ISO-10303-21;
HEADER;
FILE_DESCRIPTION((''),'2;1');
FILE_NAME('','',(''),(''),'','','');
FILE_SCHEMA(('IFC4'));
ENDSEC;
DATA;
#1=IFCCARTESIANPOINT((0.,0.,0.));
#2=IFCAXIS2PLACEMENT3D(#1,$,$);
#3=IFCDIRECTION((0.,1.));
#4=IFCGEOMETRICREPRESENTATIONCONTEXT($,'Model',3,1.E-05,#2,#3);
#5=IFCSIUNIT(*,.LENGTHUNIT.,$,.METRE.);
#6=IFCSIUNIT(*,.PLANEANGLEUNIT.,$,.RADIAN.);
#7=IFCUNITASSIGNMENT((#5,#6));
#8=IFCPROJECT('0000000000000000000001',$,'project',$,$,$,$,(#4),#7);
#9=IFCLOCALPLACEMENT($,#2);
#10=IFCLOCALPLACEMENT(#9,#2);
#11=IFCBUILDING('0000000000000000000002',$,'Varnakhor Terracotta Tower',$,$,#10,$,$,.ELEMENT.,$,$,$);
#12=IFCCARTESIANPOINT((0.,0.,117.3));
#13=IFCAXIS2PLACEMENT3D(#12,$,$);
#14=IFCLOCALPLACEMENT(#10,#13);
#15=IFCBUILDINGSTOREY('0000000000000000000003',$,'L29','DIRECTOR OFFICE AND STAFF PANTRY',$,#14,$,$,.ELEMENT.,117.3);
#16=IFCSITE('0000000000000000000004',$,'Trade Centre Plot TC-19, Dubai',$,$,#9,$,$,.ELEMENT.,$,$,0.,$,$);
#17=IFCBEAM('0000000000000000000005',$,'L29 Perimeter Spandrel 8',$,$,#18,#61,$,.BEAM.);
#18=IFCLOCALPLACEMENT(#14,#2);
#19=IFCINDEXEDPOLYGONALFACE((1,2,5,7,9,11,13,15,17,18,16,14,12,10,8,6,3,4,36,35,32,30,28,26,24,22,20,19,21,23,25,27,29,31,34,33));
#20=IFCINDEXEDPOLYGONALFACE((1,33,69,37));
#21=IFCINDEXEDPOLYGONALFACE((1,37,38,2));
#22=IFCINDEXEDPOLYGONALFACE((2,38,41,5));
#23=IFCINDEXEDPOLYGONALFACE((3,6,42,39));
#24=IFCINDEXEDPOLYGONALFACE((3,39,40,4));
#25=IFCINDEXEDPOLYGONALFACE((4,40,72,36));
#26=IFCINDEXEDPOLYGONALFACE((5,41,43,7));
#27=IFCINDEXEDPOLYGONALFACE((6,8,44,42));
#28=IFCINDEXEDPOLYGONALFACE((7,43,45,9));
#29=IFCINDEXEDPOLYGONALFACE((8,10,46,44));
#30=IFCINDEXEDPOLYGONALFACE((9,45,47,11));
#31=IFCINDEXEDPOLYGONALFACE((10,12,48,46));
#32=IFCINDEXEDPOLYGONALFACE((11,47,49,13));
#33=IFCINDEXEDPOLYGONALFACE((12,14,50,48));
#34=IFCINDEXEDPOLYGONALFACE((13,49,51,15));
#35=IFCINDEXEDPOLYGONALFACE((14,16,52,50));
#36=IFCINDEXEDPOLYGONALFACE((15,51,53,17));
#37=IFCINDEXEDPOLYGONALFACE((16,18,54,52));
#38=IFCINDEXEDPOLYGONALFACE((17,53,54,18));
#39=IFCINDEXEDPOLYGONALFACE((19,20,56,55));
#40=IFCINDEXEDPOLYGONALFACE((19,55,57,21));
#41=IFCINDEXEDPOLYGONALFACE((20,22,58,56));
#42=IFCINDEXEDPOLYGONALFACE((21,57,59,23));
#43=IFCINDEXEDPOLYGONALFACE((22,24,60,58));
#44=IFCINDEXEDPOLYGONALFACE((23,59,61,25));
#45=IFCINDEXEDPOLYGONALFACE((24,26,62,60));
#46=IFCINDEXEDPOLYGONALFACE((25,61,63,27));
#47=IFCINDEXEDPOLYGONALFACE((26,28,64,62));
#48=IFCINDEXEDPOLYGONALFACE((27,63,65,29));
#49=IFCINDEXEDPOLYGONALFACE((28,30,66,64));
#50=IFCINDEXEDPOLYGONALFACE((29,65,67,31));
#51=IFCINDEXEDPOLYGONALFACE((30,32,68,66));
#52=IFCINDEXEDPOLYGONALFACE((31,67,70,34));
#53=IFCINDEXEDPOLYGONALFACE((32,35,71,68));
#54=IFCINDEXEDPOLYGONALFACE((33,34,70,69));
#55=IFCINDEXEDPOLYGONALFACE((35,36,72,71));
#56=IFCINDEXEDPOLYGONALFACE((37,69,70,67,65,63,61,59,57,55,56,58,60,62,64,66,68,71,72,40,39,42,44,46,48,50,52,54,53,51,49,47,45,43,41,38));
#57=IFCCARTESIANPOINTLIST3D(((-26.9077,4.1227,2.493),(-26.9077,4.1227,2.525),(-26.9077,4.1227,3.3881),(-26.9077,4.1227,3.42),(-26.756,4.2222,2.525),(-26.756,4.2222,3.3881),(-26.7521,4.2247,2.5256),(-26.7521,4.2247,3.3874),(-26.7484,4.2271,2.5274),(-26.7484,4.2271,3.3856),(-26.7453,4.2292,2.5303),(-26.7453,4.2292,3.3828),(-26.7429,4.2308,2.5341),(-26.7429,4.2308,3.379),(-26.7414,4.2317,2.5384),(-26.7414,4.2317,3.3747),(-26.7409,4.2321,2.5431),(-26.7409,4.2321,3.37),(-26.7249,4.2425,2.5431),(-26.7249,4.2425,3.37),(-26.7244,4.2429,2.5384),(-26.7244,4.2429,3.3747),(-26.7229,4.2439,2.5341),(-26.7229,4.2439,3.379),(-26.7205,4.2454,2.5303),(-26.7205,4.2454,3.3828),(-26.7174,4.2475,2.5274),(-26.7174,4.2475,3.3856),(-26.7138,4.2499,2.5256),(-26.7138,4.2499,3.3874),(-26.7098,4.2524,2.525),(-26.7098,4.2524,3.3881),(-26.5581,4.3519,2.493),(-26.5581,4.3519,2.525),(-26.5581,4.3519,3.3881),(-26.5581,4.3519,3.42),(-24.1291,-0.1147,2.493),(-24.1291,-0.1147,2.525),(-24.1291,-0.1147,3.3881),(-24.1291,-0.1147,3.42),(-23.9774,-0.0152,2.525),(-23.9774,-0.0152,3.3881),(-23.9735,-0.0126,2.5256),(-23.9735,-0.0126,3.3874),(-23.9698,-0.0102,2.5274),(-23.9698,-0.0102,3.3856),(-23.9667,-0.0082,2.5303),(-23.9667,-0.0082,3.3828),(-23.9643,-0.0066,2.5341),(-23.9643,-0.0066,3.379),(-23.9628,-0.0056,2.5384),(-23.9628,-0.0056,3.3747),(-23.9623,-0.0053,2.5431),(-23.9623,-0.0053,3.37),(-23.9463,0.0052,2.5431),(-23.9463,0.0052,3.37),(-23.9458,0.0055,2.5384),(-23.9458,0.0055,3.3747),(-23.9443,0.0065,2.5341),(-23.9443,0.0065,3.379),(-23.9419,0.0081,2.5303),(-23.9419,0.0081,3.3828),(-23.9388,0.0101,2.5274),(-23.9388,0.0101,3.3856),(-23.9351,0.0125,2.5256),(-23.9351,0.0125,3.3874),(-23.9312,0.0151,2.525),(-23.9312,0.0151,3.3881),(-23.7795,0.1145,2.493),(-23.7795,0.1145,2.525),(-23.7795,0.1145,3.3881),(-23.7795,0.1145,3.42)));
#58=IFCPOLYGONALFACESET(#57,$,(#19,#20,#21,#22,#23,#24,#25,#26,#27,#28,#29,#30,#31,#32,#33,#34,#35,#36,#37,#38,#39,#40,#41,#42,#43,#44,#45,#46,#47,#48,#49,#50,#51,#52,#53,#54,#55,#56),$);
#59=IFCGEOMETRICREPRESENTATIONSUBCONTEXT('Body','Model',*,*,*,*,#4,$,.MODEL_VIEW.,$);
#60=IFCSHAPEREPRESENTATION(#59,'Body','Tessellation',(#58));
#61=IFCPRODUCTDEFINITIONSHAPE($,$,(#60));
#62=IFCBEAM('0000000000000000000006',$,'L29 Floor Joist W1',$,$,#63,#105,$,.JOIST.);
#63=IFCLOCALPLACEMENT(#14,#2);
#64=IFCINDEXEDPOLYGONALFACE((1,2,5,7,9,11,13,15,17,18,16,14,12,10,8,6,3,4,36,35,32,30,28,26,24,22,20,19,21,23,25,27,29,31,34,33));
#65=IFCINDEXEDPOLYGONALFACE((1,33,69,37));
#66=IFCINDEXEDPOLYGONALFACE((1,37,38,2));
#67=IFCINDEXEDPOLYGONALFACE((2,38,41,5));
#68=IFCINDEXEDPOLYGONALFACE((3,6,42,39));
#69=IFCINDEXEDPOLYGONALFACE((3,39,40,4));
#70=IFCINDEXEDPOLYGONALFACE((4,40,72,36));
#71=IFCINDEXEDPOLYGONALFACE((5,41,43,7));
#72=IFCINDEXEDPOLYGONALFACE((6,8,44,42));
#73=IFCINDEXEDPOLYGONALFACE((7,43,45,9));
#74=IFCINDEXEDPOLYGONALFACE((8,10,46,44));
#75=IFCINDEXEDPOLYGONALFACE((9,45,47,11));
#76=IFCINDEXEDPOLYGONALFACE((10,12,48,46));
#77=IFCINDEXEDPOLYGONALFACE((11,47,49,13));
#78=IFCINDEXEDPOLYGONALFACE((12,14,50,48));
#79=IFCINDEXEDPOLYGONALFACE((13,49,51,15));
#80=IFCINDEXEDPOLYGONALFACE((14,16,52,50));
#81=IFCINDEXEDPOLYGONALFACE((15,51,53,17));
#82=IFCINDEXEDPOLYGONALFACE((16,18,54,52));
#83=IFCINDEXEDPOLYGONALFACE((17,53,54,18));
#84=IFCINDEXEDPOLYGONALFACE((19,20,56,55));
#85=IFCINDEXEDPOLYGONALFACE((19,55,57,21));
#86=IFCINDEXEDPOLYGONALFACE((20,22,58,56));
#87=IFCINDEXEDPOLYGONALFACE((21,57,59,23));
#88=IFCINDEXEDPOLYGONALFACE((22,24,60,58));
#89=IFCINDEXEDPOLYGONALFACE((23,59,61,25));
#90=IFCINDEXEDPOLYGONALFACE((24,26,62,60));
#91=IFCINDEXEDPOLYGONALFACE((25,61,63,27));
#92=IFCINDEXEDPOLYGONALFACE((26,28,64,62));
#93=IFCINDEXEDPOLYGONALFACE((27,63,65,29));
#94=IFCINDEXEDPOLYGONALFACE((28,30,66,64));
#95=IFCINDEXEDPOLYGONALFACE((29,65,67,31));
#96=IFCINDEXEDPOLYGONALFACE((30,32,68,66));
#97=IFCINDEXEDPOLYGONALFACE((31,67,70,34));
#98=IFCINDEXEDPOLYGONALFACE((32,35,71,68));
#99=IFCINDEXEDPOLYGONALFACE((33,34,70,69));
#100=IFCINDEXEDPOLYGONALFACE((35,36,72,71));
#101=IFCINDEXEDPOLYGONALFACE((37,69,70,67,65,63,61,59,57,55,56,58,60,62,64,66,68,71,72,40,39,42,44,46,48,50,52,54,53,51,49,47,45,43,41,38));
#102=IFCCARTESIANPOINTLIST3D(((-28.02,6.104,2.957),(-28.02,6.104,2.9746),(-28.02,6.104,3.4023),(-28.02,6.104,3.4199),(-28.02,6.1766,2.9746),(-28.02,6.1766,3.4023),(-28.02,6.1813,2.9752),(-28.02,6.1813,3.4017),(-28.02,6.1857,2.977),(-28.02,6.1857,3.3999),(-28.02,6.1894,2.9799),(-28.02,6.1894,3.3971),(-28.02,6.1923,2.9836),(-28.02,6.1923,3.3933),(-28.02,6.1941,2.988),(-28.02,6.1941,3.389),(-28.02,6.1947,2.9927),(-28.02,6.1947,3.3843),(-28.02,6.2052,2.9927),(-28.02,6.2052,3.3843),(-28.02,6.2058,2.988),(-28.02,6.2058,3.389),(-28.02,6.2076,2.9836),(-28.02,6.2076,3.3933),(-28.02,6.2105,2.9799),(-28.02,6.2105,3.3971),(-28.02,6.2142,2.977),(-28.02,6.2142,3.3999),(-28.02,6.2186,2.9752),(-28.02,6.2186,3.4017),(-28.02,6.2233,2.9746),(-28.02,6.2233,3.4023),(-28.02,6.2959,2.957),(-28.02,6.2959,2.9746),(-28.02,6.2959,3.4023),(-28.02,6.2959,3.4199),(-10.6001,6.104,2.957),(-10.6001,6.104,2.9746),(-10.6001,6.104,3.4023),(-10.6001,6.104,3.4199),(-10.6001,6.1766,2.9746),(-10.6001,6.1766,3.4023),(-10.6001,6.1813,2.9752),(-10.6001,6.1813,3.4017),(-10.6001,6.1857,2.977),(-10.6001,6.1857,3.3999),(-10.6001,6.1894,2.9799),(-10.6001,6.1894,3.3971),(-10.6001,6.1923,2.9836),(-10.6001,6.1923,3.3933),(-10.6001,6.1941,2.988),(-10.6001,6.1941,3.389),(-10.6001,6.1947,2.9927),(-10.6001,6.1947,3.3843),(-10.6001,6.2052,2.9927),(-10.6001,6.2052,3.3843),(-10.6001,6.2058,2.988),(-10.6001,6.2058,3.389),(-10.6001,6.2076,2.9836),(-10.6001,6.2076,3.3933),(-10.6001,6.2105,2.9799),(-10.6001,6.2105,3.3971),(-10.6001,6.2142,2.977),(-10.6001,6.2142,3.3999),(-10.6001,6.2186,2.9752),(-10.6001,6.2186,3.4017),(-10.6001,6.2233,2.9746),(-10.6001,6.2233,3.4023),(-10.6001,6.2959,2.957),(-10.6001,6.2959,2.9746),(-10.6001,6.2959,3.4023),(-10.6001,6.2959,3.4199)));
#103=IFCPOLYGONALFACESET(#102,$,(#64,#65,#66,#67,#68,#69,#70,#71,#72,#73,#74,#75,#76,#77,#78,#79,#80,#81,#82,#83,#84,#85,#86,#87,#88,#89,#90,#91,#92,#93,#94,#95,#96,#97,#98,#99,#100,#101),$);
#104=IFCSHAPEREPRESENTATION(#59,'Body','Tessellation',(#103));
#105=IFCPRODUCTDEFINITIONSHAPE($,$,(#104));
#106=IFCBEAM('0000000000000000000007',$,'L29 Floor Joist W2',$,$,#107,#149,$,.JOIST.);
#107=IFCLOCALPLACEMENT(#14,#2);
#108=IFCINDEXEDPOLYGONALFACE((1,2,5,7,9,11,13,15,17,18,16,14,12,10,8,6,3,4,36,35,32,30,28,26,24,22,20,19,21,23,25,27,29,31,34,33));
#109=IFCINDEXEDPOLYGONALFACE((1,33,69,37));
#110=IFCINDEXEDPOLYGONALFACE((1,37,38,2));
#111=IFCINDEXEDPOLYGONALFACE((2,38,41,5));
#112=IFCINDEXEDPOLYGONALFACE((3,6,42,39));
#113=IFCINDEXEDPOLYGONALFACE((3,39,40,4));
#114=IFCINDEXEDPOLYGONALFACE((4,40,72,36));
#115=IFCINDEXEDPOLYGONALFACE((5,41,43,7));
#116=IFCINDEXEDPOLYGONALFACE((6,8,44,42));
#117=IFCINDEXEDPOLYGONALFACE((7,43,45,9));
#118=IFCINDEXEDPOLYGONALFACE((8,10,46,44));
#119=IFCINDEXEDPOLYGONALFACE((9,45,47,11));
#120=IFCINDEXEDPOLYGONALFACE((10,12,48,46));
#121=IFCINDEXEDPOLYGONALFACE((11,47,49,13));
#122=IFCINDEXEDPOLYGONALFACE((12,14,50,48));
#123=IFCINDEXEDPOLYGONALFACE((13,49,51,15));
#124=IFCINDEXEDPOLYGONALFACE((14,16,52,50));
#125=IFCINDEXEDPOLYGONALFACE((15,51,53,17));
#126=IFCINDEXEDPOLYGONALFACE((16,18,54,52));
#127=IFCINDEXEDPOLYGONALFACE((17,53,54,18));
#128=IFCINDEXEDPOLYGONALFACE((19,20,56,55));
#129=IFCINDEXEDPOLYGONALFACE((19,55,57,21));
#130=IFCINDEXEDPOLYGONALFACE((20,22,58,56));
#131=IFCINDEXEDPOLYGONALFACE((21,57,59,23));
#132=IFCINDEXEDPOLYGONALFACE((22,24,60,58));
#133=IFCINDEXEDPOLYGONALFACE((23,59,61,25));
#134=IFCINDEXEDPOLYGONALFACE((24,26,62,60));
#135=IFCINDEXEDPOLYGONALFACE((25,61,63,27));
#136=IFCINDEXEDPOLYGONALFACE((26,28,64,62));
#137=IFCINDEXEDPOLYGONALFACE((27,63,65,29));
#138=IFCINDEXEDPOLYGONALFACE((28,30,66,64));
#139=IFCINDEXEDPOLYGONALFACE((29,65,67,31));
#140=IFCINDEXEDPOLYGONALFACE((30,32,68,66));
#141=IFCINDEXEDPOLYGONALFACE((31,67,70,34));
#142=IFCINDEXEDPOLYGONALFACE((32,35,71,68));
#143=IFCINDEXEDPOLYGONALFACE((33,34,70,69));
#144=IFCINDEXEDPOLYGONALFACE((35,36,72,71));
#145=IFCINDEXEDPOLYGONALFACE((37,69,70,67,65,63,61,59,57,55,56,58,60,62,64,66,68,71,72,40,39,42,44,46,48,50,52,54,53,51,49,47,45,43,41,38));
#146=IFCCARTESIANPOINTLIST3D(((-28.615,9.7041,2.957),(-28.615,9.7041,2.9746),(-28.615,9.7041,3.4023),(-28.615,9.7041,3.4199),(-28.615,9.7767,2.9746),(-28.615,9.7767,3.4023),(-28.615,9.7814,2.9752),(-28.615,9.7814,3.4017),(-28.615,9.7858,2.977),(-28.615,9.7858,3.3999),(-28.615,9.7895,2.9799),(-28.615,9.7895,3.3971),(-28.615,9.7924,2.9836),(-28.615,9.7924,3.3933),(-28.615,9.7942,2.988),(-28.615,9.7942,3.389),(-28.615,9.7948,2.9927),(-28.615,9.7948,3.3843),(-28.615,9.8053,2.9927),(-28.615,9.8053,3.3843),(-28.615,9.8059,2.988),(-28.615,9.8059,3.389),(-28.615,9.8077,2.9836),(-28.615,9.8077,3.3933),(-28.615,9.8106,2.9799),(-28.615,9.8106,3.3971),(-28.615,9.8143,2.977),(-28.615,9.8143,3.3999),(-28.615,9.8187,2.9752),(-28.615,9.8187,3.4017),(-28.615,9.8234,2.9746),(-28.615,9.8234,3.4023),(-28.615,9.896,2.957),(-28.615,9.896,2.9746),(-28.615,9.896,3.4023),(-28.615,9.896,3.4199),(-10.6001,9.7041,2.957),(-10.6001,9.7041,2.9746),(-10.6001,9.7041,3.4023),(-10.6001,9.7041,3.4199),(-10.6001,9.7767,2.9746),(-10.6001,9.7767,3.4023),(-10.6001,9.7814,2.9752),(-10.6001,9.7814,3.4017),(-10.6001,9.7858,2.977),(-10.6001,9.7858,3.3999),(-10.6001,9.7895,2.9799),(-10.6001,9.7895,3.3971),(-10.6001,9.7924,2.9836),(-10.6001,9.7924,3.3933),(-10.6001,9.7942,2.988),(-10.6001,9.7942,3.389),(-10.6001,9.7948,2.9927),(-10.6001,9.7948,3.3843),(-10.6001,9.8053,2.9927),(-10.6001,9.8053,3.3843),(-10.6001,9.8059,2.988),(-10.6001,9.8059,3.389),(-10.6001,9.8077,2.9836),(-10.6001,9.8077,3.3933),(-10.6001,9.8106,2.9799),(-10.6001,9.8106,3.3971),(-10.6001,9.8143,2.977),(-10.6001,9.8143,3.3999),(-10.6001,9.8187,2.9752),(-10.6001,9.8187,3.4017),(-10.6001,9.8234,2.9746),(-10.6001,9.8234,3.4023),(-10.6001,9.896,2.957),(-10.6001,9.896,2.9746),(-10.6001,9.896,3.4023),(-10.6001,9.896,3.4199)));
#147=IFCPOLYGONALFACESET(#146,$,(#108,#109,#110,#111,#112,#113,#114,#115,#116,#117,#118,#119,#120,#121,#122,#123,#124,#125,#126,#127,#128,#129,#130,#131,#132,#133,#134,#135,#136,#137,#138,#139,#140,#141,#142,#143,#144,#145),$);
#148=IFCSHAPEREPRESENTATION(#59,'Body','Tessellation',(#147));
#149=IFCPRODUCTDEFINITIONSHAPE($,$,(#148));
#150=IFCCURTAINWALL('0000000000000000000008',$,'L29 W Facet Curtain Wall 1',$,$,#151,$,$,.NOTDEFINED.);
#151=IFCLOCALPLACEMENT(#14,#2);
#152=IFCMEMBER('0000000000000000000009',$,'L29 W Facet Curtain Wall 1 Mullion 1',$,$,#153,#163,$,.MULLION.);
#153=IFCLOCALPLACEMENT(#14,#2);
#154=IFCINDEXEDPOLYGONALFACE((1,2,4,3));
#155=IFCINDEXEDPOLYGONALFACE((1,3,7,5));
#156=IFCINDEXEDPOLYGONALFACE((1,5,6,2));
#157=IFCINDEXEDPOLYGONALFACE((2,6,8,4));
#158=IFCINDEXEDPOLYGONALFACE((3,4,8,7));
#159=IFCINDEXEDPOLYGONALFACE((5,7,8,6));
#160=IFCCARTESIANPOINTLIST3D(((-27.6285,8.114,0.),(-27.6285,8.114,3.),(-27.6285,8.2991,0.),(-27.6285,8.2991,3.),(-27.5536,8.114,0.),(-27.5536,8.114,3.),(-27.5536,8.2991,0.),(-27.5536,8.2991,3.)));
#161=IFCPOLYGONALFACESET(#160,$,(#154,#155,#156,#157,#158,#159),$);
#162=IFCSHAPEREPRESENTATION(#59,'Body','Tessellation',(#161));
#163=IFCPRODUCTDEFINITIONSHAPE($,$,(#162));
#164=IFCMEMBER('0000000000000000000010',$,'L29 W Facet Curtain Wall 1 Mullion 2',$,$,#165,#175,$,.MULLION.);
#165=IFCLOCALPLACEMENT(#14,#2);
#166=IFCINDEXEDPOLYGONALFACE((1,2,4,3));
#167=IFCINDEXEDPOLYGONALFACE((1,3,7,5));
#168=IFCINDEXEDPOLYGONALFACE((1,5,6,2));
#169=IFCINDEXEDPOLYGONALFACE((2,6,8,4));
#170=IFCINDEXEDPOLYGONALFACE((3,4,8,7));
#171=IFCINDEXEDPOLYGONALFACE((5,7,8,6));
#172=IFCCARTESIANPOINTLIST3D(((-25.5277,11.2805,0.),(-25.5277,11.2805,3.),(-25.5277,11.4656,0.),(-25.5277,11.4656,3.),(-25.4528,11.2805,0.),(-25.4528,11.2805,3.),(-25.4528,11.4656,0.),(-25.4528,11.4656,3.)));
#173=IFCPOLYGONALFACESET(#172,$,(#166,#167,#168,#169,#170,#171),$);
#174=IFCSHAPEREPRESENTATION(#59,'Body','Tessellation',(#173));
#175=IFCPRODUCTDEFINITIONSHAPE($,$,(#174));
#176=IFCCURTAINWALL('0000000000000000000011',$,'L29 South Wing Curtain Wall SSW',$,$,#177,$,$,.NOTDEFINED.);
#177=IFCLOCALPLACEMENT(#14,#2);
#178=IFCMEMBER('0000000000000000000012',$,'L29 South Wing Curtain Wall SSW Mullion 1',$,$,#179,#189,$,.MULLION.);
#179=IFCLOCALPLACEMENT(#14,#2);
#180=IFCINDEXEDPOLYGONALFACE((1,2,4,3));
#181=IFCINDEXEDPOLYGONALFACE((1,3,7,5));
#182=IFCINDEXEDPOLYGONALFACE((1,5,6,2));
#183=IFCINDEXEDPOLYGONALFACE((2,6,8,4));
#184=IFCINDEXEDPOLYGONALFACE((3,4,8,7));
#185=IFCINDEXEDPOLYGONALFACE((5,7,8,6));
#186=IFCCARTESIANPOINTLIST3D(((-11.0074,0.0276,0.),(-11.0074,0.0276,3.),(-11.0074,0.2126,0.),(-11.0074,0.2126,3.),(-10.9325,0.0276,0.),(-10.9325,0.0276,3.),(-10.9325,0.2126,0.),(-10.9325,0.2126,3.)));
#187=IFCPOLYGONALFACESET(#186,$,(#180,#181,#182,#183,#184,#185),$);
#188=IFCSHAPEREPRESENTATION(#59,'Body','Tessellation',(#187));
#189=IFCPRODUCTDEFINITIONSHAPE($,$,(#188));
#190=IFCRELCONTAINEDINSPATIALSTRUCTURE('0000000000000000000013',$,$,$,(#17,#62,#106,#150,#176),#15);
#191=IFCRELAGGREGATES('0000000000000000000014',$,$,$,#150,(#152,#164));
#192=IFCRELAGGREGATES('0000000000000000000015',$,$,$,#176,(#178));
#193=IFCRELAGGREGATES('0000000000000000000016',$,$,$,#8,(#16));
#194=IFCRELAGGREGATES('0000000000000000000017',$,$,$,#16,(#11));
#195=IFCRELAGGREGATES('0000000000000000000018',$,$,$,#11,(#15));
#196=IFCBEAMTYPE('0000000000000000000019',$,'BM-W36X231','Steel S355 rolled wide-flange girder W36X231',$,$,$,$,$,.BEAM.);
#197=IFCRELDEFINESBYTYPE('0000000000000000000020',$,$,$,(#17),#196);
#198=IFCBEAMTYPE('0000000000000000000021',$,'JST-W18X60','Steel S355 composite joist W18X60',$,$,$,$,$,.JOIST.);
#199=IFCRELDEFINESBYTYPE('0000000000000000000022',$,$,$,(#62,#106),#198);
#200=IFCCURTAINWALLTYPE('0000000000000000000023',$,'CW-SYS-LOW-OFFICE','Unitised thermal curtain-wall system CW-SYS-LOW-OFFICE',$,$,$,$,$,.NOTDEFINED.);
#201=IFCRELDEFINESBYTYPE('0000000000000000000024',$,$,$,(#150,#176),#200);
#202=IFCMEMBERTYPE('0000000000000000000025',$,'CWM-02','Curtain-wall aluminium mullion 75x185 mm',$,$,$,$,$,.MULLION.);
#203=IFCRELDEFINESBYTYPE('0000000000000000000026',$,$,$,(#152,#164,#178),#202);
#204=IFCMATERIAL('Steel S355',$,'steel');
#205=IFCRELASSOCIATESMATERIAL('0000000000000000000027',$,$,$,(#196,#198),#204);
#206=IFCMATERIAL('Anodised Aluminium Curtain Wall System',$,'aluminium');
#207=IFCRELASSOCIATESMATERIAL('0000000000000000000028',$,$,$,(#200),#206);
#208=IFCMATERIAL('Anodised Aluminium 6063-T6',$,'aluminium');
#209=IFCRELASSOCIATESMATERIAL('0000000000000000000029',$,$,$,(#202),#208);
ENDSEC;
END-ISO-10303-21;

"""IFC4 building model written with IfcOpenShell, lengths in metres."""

from ifc_helpers import new_model, si_unit, direction, frame, origin, origin_2d, place, context, subcontext, project, spatial, rectangle, i_section, extrude, source, transform, mapped, material, material_profile, profile_set, type_object, element, aggregate, save


model = new_model("IFC4")

# Units and contexts
model_context = context("Model", 3, precision=1e-05, world=origin(), true_north=direction((0.0, 1.0)))
body_context = subcontext(model_context, "Body", "Model", "MODEL_VIEW")
ifc_project = project(units=[si_unit("LENGTHUNIT", "METRE"), si_unit("PLANEANGLEUNIT", "RADIAN")], contexts=[model_context])

# Site, building, storey
site_placement = place(None, origin())
site = spatial("IfcSite", under=ifc_project, at=site_placement, Name="Trade Centre Plot TC-19, Dubai", CompositionType="ELEMENT", RefElevation=0.0)
building_placement = place(site_placement, origin())
building = spatial("IfcBuilding", under=site, at=building_placement, Name="Varnakhor Terracotta Tower", CompositionType="ELEMENT")
storey_placement = place(building_placement, frame((0.0, 0.0, 117.3)))
storey = spatial("IfcBuildingStorey", under=building, at=storey_placement, Name="L29", Description="DIRECTOR OFFICE AND STAFF PANTRY", CompositionType="ELEMENT", Elevation=117.3)

# Beams
ifc_material_1 = material(Name="Steel S355", Category="steel")
ifc_material_profile_1 = material_profile(ifc_material_1, i_section(OverallWidth=0.418, OverallDepth=0.927, WebThickness=0.019, FlangeThickness=0.032, FilletRadius=0.0181, at=origin_2d()), Name="W36X231")
ifc_profile_set_1 = profile_set([ifc_material_profile_1], Name="Steel S355")
beam_type_1 = type_object("IfcBeamType", Name="BM-W36X231", Description="Steel S355 rolled wide-flange girder W36X231", PredefinedType="BEAM", material=ifc_profile_set_1)
shared_shape_1 = source(origin(), body_context, "Body", "SweptSolid", [
    extrude(i_section(OverallWidth=0.418, OverallDepth=0.927, WebThickness=0.019, FlangeThickness=0.032, FilletRadius=0.0181, at=origin_2d()), origin(), (0.0, 0.0, 1.0), 5.0671),
])
for number, where, z_axis, x_axis, name in (
    (1, (-26.7329, 4.2373, 2.9565), (0.548358, -0.836244, 0.0), (0.836244, 0.548358, 0.0), "L29 Perimeter Spandrel 8"),
):
    element("IfcBeam", number, at=place(storey_placement, frame(where, z_axis=z_axis, x_axis=x_axis)), inside=storey, type_object=beam_type_1, Name=name, PredefinedType="BEAM", context=body_context, shape_type="MappedRepresentation", body=[
        mapped(shared_shape_1, transform((0.0, 0.0, 0.0), scale=1.0)),
    ])
ifc_material_profile_2 = material_profile(ifc_material_1, i_section(OverallWidth=0.1919, OverallDepth=0.4629, WebThickness=0.0105, FlangeThickness=0.0176, FilletRadius=0.0181, at=origin_2d()), Name="W18X60")
ifc_profile_set_2 = profile_set([ifc_material_profile_2], Name="Steel S355")
beam_type_2 = type_object("IfcBeamType", Name="JST-W18X60", Description="Steel S355 composite joist W18X60", PredefinedType="JOIST", material=ifc_profile_set_2)
shared_shape_2 = source(origin(), body_context, "Body", "SweptSolid", [
    extrude(i_section(OverallWidth=0.1919, OverallDepth=0.4629, WebThickness=0.0105, FlangeThickness=0.0176, FilletRadius=0.0181, at=origin_2d()), origin(), (0.0, 0.0, 1.0), 17.4199),
])
beam_1_placement = place(storey_placement, frame((-28.02, 6.2, 3.1885), z_axis=(1.0, 0.0, 0.0), x_axis=(0.0, 1.0, 0.0)))
element("IfcBeam", 2, at=beam_1_placement, inside=storey, type_object=beam_type_2, Name="L29 Floor Joist W1", PredefinedType="JOIST", context=body_context, shape_type="MappedRepresentation", body=[
    mapped(shared_shape_2, transform((0.0, 0.0, 0.0), scale=1.0)),
])
shared_shape_3 = source(origin(), body_context, "Body", "SweptSolid", [
    extrude(i_section(OverallWidth=0.1919, OverallDepth=0.4629, WebThickness=0.0105, FlangeThickness=0.0176, FilletRadius=0.0181, at=origin_2d()), origin(), (0.0, 0.0, 1.0), 18.0149),
])
beam_2_placement = place(storey_placement, frame((-28.615, 9.8, 3.1885), z_axis=(1.0, 0.0, 0.0), x_axis=(0.0, 1.0, 0.0)))
element("IfcBeam", 3, at=beam_2_placement, inside=storey, type_object=beam_type_2, Name="L29 Floor Joist W2", PredefinedType="JOIST", context=body_context, shape_type="MappedRepresentation", body=[
    mapped(shared_shape_3, transform((0.0, 0.0, 0.0), scale=1.0)),
])

# Curtain walls, members
ifc_material_2 = material(Name="Anodised Aluminium Curtain Wall System", Category="aluminium")
curtain_wall_type = type_object("IfcCurtainWallType", Name="CW-SYS-LOW-OFFICE", Description="Unitised thermal curtain-wall system CW-SYS-LOW-OFFICE", PredefinedType="NOTDEFINED", material=ifc_material_2)
curtain_wall_1_placement = place(storey_placement, origin())
curtain_wall_1 = element("IfcCurtainWall", 4, at=curtain_wall_1_placement, inside=storey, type_object=curtain_wall_type, Name="L29 W Facet Curtain Wall 1", PredefinedType="NOTDEFINED")
ifc_material_3 = material(Name="Anodised Aluminium 6063-T6", Category="aluminium")
ifc_material_profile_3 = material_profile(ifc_material_3, rectangle(XDim=0.075, YDim=0.1851, at=origin_2d()), Name="ALU MULLION 75x185")
ifc_profile_set_3 = profile_set([ifc_material_profile_3], Name="Anodised Aluminium 6063-T6")
member_type_1 = type_object("IfcMemberType", Name="CWM-02", Description="Curtain-wall aluminium mullion 75x185 mm", PredefinedType="MULLION", material=ifc_profile_set_3)
shared_shape_4 = source(origin(), body_context, "Body", "SweptSolid", [
    extrude(rectangle(XDim=0.075, YDim=0.1851, at=origin_2d()), origin(), (0.0, 0.0, 1.0), 3.0),
])
member_1_placement = place(storey_placement, frame((-27.5911, 8.2065, 0.0), z_axis=(0.0, 0.0, 1.0), x_axis=(1.0, 0.0, 0.0)))
member_1 = element("IfcMember", 5, at=member_1_placement, type_object=member_type_1, Name="L29 W Facet Curtain Wall 1 Mullion 1", PredefinedType="MULLION", context=body_context, shape_type="MappedRepresentation", body=[
    mapped(shared_shape_4, transform((0.0, 0.0, 0.0), scale=1.0)),
])
member_2_placement = place(storey_placement, frame((-25.4902, 11.373, 0.0), z_axis=(0.0, 0.0, 1.0), x_axis=(1.0, 0.0, 0.0)))
member_2 = element("IfcMember", 6, at=member_2_placement, type_object=member_type_1, Name="L29 W Facet Curtain Wall 1 Mullion 2", PredefinedType="MULLION", context=body_context, shape_type="MappedRepresentation", body=[
    mapped(shared_shape_4, transform((0.0, 0.0, 0.0), scale=1.0)),
])
curtain_wall_2_placement = place(storey_placement, origin())
curtain_wall_2 = element("IfcCurtainWall", 7, at=curtain_wall_2_placement, inside=storey, type_object=curtain_wall_type, Name="L29 South Wing Curtain Wall SSW", PredefinedType="NOTDEFINED")
member_3_placement = place(storey_placement, frame((-10.97, 0.1201, 0.0), z_axis=(0.0, 0.0, 1.0), x_axis=(1.0, 0.0, 0.0)))
member_3 = element("IfcMember", 8, at=member_3_placement, type_object=member_type_1, Name="L29 South Wing Curtain Wall SSW Mullion 1", PredefinedType="MULLION", context=body_context, shape_type="MappedRepresentation", body=[
    mapped(shared_shape_4, transform((0.0, 0.0, 0.0), scale=1.0)),
])

aggregate(curtain_wall_1, [member_1, member_2])
aggregate(curtain_wall_2, [member_3])

save(model, "model.ifc")
